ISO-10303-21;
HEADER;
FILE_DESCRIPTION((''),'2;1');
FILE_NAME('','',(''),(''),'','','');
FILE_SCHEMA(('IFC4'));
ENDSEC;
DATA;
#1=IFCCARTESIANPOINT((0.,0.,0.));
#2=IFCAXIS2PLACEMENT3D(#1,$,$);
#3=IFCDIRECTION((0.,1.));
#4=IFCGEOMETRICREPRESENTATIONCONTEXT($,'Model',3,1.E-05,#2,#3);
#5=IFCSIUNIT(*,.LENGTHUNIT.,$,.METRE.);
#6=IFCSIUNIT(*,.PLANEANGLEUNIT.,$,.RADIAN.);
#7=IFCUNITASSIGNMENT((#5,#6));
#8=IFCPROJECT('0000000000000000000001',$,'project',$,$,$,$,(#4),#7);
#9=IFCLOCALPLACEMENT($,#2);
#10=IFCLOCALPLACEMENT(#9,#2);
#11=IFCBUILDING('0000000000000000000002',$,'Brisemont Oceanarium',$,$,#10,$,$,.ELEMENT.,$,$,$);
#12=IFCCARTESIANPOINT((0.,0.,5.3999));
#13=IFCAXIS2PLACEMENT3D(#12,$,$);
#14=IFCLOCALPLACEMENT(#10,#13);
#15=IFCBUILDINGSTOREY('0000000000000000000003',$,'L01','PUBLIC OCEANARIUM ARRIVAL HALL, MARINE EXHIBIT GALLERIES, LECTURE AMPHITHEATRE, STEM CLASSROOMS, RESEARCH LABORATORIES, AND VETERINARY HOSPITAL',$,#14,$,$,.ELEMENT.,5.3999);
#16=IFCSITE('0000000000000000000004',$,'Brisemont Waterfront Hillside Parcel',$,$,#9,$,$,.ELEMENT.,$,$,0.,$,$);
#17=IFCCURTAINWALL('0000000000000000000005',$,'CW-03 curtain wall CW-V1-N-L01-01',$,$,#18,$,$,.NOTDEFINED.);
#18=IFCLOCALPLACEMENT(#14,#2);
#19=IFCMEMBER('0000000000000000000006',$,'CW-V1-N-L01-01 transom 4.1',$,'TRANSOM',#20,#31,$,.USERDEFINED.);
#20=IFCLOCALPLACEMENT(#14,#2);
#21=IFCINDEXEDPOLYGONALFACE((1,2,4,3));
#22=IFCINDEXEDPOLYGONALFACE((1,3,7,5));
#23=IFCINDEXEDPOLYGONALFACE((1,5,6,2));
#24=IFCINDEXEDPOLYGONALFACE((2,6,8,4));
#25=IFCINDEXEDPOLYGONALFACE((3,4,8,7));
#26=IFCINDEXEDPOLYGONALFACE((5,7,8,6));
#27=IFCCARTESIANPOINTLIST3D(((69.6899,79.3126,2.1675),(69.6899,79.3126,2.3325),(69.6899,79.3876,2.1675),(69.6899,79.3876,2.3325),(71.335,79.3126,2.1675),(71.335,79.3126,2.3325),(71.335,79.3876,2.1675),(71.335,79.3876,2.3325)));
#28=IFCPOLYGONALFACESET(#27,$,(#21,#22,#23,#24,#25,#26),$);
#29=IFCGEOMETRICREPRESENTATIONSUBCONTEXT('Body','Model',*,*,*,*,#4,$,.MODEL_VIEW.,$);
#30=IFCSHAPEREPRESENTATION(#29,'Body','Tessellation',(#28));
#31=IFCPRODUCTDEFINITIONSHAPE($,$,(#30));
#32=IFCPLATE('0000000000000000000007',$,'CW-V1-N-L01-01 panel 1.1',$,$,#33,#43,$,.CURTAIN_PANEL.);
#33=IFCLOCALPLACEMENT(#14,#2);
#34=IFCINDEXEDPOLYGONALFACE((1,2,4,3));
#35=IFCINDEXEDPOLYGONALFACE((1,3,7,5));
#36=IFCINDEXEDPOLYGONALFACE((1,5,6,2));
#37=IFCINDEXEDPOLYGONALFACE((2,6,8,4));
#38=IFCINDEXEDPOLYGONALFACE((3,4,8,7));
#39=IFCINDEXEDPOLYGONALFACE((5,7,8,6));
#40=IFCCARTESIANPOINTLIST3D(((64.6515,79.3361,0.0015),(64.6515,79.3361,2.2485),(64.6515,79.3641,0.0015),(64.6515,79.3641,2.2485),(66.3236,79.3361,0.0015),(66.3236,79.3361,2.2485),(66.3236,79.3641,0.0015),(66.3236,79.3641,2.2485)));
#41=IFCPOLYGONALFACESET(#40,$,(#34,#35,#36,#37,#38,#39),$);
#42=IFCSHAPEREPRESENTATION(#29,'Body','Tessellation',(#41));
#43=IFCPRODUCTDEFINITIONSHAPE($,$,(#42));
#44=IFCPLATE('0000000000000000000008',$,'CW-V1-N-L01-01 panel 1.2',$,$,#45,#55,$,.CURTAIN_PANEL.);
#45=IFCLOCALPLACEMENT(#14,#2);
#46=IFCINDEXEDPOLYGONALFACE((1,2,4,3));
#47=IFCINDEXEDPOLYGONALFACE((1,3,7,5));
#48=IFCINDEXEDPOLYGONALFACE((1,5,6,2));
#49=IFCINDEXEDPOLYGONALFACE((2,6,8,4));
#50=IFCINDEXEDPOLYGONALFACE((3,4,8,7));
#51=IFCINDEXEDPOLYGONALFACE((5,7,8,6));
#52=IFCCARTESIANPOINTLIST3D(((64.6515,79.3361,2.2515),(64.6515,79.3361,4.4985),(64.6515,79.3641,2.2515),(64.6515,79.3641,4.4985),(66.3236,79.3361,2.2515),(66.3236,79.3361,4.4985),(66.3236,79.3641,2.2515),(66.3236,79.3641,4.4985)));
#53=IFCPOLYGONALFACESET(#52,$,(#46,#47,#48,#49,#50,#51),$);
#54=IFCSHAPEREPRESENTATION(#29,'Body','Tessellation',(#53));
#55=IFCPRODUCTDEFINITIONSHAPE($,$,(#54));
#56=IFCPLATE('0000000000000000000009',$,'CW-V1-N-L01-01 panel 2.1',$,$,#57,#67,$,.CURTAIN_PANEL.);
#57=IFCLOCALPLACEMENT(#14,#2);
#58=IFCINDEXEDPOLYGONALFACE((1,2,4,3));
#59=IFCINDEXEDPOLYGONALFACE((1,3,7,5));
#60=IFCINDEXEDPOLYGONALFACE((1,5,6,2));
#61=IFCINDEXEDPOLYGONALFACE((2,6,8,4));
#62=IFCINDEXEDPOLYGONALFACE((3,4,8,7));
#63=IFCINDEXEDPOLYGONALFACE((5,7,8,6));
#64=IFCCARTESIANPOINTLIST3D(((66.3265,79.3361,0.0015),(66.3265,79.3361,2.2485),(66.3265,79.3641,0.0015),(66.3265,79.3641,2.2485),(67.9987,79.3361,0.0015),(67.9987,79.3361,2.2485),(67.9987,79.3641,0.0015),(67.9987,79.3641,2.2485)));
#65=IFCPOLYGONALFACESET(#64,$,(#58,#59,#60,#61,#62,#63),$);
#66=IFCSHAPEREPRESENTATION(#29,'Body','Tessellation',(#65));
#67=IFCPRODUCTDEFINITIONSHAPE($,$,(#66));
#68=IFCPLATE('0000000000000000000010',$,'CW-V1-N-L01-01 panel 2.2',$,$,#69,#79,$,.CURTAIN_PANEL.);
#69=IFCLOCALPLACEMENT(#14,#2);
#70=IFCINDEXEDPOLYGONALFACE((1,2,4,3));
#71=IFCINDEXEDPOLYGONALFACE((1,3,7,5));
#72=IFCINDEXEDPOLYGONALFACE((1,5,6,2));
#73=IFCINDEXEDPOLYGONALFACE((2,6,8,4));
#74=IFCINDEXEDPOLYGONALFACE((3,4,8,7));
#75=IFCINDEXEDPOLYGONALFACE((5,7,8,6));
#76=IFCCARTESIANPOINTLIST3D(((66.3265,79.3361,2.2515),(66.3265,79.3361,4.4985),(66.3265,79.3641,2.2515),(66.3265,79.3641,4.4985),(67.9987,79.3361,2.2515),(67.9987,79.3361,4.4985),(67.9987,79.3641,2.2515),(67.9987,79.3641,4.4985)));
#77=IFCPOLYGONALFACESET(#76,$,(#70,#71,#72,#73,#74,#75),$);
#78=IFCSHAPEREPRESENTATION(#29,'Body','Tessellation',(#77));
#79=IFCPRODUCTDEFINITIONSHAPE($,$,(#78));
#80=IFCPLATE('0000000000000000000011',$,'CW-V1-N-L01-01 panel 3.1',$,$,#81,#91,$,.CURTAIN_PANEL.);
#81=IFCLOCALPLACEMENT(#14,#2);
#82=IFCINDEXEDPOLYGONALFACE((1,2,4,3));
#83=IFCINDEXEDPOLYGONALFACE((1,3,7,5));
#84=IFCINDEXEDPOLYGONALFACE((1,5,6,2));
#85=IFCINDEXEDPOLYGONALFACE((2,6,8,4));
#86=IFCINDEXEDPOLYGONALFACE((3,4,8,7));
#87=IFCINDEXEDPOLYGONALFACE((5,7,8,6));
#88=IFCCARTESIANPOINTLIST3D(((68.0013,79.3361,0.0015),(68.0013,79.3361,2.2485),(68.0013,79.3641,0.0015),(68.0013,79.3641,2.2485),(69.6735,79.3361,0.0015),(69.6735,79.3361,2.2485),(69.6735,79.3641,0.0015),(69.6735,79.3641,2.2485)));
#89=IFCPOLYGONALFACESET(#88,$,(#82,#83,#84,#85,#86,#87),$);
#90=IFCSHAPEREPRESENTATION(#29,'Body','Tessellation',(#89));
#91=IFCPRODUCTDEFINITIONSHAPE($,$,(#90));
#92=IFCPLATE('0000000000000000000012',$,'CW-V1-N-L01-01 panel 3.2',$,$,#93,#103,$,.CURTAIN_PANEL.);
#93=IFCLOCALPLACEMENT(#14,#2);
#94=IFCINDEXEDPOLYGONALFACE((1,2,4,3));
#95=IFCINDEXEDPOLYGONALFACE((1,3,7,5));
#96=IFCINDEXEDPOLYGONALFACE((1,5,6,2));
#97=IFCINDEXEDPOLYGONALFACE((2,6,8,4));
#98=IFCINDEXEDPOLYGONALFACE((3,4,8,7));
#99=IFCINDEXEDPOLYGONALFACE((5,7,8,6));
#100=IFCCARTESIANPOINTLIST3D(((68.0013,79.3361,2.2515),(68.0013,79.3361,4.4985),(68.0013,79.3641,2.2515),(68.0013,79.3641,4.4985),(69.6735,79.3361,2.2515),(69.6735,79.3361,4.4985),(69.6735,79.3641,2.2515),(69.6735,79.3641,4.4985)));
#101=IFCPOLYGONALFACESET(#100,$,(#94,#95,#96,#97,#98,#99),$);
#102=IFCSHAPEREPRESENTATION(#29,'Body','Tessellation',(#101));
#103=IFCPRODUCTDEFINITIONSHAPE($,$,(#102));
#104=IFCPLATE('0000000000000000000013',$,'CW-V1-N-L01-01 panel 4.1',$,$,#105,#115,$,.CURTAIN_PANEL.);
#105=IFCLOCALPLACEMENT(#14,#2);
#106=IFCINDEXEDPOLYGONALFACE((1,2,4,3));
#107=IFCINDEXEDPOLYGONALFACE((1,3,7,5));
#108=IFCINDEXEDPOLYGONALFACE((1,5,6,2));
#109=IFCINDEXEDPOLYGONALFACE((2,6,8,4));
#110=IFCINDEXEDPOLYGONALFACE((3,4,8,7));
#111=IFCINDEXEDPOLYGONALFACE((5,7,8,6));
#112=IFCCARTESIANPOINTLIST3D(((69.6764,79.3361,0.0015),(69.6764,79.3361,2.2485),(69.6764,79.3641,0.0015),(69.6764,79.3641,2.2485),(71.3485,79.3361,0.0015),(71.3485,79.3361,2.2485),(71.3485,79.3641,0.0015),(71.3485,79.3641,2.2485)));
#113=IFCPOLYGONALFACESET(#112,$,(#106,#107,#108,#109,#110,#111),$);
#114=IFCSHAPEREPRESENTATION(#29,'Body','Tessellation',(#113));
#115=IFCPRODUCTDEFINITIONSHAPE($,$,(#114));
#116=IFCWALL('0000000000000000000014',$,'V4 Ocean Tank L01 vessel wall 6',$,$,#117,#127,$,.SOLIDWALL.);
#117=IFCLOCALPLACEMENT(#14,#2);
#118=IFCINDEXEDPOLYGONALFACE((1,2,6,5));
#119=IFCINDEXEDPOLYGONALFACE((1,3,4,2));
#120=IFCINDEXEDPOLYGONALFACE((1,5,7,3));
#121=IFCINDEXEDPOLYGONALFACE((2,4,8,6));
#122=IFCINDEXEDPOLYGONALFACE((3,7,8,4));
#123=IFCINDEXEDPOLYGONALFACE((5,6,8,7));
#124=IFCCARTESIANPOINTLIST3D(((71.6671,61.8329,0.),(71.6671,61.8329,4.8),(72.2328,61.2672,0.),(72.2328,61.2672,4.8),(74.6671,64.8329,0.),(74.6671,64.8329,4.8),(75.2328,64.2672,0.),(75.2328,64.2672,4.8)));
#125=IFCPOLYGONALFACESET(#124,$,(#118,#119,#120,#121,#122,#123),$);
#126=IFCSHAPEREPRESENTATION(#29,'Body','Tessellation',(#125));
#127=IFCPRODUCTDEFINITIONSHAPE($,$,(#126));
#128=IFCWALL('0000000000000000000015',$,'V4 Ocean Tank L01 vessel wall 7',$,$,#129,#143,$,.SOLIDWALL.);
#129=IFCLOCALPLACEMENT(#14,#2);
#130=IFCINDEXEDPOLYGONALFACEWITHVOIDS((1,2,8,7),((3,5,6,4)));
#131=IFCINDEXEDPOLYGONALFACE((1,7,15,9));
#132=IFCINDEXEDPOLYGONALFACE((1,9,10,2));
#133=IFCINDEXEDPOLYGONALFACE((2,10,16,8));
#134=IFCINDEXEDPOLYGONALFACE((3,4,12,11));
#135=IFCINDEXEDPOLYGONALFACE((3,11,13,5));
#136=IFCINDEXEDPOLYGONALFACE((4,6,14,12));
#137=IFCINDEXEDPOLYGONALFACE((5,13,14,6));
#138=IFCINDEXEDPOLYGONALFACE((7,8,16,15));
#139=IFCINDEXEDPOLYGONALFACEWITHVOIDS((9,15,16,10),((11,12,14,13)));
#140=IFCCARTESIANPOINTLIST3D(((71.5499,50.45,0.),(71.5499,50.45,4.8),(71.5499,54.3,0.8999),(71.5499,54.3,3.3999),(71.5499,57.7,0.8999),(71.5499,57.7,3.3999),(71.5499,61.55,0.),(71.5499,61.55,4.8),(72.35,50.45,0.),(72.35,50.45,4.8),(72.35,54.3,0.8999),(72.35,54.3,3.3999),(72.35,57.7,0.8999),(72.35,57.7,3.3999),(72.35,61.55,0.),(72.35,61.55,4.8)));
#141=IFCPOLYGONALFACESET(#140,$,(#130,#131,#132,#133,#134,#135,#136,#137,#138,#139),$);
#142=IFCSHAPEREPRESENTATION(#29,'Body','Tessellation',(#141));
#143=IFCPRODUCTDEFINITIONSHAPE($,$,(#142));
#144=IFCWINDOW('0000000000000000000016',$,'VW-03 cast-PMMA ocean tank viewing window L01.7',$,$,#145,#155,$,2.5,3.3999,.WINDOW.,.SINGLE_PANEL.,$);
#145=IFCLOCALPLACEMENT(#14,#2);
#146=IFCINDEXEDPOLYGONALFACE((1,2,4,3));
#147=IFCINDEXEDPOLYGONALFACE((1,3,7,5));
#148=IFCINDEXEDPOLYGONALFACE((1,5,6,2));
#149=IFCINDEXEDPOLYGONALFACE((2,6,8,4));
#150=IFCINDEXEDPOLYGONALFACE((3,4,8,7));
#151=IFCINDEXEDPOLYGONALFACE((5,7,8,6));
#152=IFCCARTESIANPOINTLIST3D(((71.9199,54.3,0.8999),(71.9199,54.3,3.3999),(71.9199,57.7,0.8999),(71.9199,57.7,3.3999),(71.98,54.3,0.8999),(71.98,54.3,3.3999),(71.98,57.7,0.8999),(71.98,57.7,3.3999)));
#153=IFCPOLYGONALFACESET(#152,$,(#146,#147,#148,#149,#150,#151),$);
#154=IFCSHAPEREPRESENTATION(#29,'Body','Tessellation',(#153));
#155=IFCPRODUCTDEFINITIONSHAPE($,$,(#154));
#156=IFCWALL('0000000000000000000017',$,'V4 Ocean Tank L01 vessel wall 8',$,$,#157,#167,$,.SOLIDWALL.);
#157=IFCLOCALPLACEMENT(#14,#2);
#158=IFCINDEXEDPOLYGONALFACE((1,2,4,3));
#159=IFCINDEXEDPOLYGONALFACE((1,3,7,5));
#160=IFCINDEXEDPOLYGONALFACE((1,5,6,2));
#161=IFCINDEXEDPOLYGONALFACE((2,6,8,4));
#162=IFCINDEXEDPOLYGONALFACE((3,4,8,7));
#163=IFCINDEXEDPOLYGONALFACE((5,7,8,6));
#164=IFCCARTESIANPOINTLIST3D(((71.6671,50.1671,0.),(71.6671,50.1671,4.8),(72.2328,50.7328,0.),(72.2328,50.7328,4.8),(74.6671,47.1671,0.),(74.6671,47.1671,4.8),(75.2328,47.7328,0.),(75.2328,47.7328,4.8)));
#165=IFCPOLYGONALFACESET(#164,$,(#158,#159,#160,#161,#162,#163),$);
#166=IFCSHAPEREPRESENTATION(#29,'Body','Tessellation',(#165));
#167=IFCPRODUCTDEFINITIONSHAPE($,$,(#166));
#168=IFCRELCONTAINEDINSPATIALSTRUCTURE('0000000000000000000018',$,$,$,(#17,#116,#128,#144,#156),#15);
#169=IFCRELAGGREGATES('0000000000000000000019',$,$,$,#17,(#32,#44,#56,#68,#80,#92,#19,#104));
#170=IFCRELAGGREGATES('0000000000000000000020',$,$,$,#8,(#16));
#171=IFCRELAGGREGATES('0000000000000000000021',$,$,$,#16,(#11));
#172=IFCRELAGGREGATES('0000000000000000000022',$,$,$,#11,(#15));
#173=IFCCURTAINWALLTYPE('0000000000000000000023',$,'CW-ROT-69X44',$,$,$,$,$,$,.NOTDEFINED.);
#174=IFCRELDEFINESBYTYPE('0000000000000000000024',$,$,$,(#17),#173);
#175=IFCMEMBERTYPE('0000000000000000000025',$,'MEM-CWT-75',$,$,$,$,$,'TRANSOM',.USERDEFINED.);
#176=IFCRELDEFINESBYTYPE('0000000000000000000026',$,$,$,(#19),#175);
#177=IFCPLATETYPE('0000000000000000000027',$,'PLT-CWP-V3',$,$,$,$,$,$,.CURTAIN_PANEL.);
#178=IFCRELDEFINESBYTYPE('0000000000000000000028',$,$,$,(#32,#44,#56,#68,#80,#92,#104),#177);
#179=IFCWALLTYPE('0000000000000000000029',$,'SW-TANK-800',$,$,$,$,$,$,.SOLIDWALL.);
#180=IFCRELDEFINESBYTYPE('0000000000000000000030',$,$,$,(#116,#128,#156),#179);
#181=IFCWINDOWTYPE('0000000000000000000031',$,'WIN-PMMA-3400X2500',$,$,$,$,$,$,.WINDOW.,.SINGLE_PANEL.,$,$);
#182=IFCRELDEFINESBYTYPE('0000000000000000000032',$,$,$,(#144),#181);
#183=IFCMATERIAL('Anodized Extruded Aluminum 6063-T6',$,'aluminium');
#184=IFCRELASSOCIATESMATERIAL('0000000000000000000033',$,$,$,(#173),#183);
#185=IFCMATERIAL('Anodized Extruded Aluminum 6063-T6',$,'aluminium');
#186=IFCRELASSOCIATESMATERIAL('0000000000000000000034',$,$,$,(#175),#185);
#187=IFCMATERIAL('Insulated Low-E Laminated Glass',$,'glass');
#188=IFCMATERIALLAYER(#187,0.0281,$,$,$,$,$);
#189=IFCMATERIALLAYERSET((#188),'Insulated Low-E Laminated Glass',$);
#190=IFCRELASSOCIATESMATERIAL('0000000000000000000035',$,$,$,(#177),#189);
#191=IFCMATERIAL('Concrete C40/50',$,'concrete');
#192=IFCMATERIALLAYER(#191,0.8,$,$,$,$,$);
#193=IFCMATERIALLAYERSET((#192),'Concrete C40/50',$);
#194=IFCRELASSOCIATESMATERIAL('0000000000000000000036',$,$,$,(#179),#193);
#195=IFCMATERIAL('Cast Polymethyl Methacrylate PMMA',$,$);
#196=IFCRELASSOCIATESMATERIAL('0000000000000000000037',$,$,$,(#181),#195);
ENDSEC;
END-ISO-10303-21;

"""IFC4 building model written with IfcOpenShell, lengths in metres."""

from ifc_helpers import new_model, si_unit, direction, frame, frame_2d, origin, origin_2d, place, context, subcontext, project, spatial, rectangle, extrude, material, layer, layer_set, material_profile, profile_set, type_object, element, fill, aggregate, save


model = new_model("IFC4")

# Units and contexts
model_context = context("Model", 3, precision=1e-05, world=origin(), true_north=direction((0.0, 1.0)))
body_context = subcontext(model_context, "Body", "Model", "MODEL_VIEW")
ifc_project = project(units=[si_unit("LENGTHUNIT", "METRE"), si_unit("PLANEANGLEUNIT", "RADIAN")], contexts=[model_context])

# Site, building, storey
site_placement = place(None, origin())
site = spatial("IfcSite", under=ifc_project, at=site_placement, Name="Brisemont Waterfront Hillside Parcel", CompositionType="ELEMENT", RefElevation=0.0)
building_placement = place(site_placement, origin())
building = spatial("IfcBuilding", under=site, at=building_placement, Name="Brisemont Oceanarium", CompositionType="ELEMENT")
storey_placement = place(building_placement, frame((0.0, 0.0, 5.3999)))
storey = spatial("IfcBuildingStorey", under=building, at=storey_placement, Name="L01", Description="PUBLIC OCEANARIUM ARRIVAL HALL, MARINE EXHIBIT GALLERIES, LECTURE AMPHITHEATRE, STEM CLASSROOMS, RESEARCH LABORATORIES, AND VETERINARY HOSPITAL", CompositionType="ELEMENT", Elevation=5.3999)

# Curtain wall, member, plates
ifc_material_1 = material(Name="Anodized Extruded Aluminum 6063-T6", Category="aluminium")
curtain_wall_type = type_object("IfcCurtainWallType", Name="CW-ROT-69X44", PredefinedType="NOTDEFINED", material=ifc_material_1)
curtain_wall_placement = place(storey_placement, origin())
curtain_wall = element("IfcCurtainWall", 1, at=curtain_wall_placement, inside=storey, type_object=curtain_wall_type, Name="CW-03 curtain wall CW-V1-N-L01-01", PredefinedType="NOTDEFINED")
ifc_material_2 = material(Name="Anodized Extruded Aluminum 6063-T6", Category="aluminium")
ifc_material_profile_1 = material_profile(ifc_material_2, rectangle(XDim=0.075, YDim=0.165, at=origin_2d()), Name="CWT-75X165")
ifc_profile_set_1 = profile_set([ifc_material_profile_1], Name="Anodized Extruded Aluminum 6063-T6")
member_type_1 = type_object("IfcMemberType", Name="MEM-CWT-75", ElementType="TRANSOM", PredefinedType="USERDEFINED", material=ifc_profile_set_1)
member_1_placement = place(storey_placement, frame((69.6899, 79.3501, 2.25), z_axis=(1.0, 0.0, 0.0), x_axis=(0.0, 1.0, 0.0)))
member_1 = element("IfcMember", 2, at=member_1_placement, type_object=member_type_1, Name="CW-V1-N-L01-01 transom 4.1", ObjectType="TRANSOM", PredefinedType="USERDEFINED", context=body_context, shape_type="SweptSolid", body=[
    extrude(rectangle(XDim=0.075, YDim=0.165, at=origin_2d()), origin(), (0.0, 0.0, 1.0), 1.645),
])
ifc_material_3 = material(Name="Insulated Low-E Laminated Glass", Category="glass")
ifc_layer_1 = layer(ifc_material_3, 0.0281)
ifc_layer_set_1 = layer_set([ifc_layer_1], Name="Insulated Low-E Laminated Glass")
plate_type = type_object("IfcPlateType", Name="PLT-CWP-V3", PredefinedType="CURTAIN_PANEL", material=ifc_layer_set_1)
plate_1_placement = place(storey_placement, frame((65.4875, 79.3501, 0.0015), z_axis=(0.0, 0.0, 1.0), x_axis=(1.0, 0.0, 0.0)))
plate_1 = element("IfcPlate", 3, at=plate_1_placement, type_object=plate_type, Name="CW-V1-N-L01-01 panel 1.1", PredefinedType="CURTAIN_PANEL", context=body_context, shape_type="SweptSolid", body=[
    extrude(rectangle(XDim=1.6721, YDim=0.0281, at=origin_2d()), origin(), (0.0, 0.0, 1.0), 2.2471),
])
plate_2_placement = place(storey_placement, frame((65.4875, 79.3501, 2.2515), z_axis=(0.0, 0.0, 1.0), x_axis=(1.0, 0.0, 0.0)))
plate_2 = element("IfcPlate", 4, at=plate_2_placement, type_object=plate_type, Name="CW-V1-N-L01-01 panel 1.2", PredefinedType="CURTAIN_PANEL", context=body_context, shape_type="SweptSolid", body=[
    extrude(rectangle(XDim=1.6721, YDim=0.0281, at=origin_2d()), origin(), (0.0, 0.0, 1.0), 2.2471),
])
plate_3_placement = place(storey_placement, frame((67.1626, 79.3501, 0.0015), z_axis=(0.0, 0.0, 1.0), x_axis=(1.0, 0.0, 0.0)))
plate_3 = element("IfcPlate", 5, at=plate_3_placement, type_object=plate_type, Name="CW-V1-N-L01-01 panel 2.1", PredefinedType="CURTAIN_PANEL", context=body_context, shape_type="SweptSolid", body=[
    extrude(rectangle(XDim=1.6721, YDim=0.0281, at=origin_2d()), origin(), (0.0, 0.0, 1.0), 2.2471),
])
plate_4_placement = place(storey_placement, frame((67.1626, 79.3501, 2.2515), z_axis=(0.0, 0.0, 1.0), x_axis=(1.0, 0.0, 0.0)))
plate_4 = element("IfcPlate", 6, at=plate_4_placement, type_object=plate_type, Name="CW-V1-N-L01-01 panel 2.2", PredefinedType="CURTAIN_PANEL", context=body_context, shape_type="SweptSolid", body=[
    extrude(rectangle(XDim=1.6721, YDim=0.0281, at=origin_2d()), origin(), (0.0, 0.0, 1.0), 2.2471),
])
plate_5_placement = place(storey_placement, frame((68.8374, 79.3501, 0.0015), z_axis=(0.0, 0.0, 1.0), x_axis=(1.0, 0.0, 0.0)))
plate_5 = element("IfcPlate", 7, at=plate_5_placement, type_object=plate_type, Name="CW-V1-N-L01-01 panel 3.1", PredefinedType="CURTAIN_PANEL", context=body_context, shape_type="SweptSolid", body=[
    extrude(rectangle(XDim=1.6721, YDim=0.0281, at=origin_2d()), origin(), (0.0, 0.0, 1.0), 2.2471),
])
plate_6_placement = place(storey_placement, frame((68.8374, 79.3501, 2.2515), z_axis=(0.0, 0.0, 1.0), x_axis=(1.0, 0.0, 0.0)))
plate_6 = element("IfcPlate", 8, at=plate_6_placement, type_object=plate_type, Name="CW-V1-N-L01-01 panel 3.2", PredefinedType="CURTAIN_PANEL", context=body_context, shape_type="SweptSolid", body=[
    extrude(rectangle(XDim=1.6721, YDim=0.0281, at=origin_2d()), origin(), (0.0, 0.0, 1.0), 2.2471),
])
plate_7_placement = place(storey_placement, frame((70.5125, 79.3501, 0.0015), z_axis=(0.0, 0.0, 1.0), x_axis=(1.0, 0.0, 0.0)))
plate_7 = element("IfcPlate", 9, at=plate_7_placement, type_object=plate_type, Name="CW-V1-N-L01-01 panel 4.1", PredefinedType="CURTAIN_PANEL", context=body_context, shape_type="SweptSolid", body=[
    extrude(rectangle(XDim=1.6721, YDim=0.0281, at=origin_2d()), origin(), (0.0, 0.0, 1.0), 2.2471),
])
aggregate(curtain_wall, [plate_1, plate_2, plate_3, plate_4, plate_5, plate_6, member_1, plate_7])

# Wall
ifc_material_4 = material(Name="Concrete C40/50", Category="concrete")
ifc_layer_2 = layer(ifc_material_4, 0.8)
ifc_layer_set_2 = layer_set([ifc_layer_2], Name="Concrete C40/50")
wall_type = type_object("IfcWallType", Name="SW-TANK-800", PredefinedType="SOLIDWALL", material=ifc_layer_set_2)
wall_1_placement = place(storey_placement, frame((74.95, 64.55, 0.0), z_axis=(0.0, 0.0, 1.0), x_axis=(-0.707107, -0.707107, 0.0)))
element("IfcWall", 10, at=wall_1_placement, inside=storey, type_object=wall_type, Name="V4 Ocean Tank L01 vessel wall 6", PredefinedType="SOLIDWALL", context=body_context, shape_type="SweptSolid", body=[
    extrude(rectangle(XDim=4.2427, YDim=0.8, at=frame_2d((2.1213, 0.0))), origin(), (0.0, 0.0, 1.0), 4.8),
])

# Wall, opening, window
wall_2_placement = place(storey_placement, frame((71.95, 61.55, 0.0), z_axis=(0.0, 0.0, 1.0), x_axis=(0.0, -1.0, 0.0)))
wall_2 = element("IfcWall", 11, at=wall_2_placement, inside=storey, type_object=wall_type, Name="V4 Ocean Tank L01 vessel wall 7", PredefinedType="SOLIDWALL", context=body_context, shape_type="SweptSolid", body=[
    extrude(rectangle(XDim=11.1001, YDim=0.8, at=frame_2d((5.55, 0.0))), origin(), (0.0, 0.0, 1.0), 4.8),
])
opening_placement = place(wall_2_placement, frame((3.8501, 0.0, 0.8999)))
opening = element("IfcOpeningElement", 12, at=opening_placement, cuts=wall_2, PredefinedType="OPENING", context=body_context, shape_type="SweptSolid", body=[
    extrude(rectangle(XDim=3.3999, YDim=2.5, at=frame_2d((1.7, 1.25))), frame((0.0, 0.4099, 0.0), z_axis=(0.0, -1.0, 0.0), x_axis=(1.0, 0.0, 0.0)), (0.0, 0.0, 1.0), 0.8201),
])
ifc_material_5 = material(Name="Cast Polymethyl Methacrylate PMMA")
window_type = type_object("IfcWindowType", Name="WIN-PMMA-3400X2500", PartitioningType="SINGLE_PANEL", PredefinedType="WINDOW", material=ifc_material_5)
window_placement = place(opening_placement, origin())
window = element("IfcWindow", 13, at=window_placement, inside=storey, type_object=window_type, Name="VW-03 cast-PMMA ocean tank viewing window L01.7", OverallHeight=2.5, OverallWidth=3.3999, PartitioningType="SINGLE_PANEL", PredefinedType="WINDOW", context=body_context, shape_type="SweptSolid", body=[
    extrude(rectangle(XDim=3.3999, YDim=2.5, at=frame_2d((1.7, 1.25))), frame((0.0, 0.03, 0.0), z_axis=(0.0, -1.0, 0.0), x_axis=(1.0, 0.0, 0.0)), (0.0, 0.0, 1.0), 0.0601),
])
fill(opening, window)

# Wall
wall_3_placement = place(storey_placement, frame((71.95, 50.45, 0.0), z_axis=(0.0, 0.0, 1.0), x_axis=(0.707107, -0.707107, 0.0)))
element("IfcWall", 14, at=wall_3_placement, inside=storey, type_object=wall_type, Name="V4 Ocean Tank L01 vessel wall 8", PredefinedType="SOLIDWALL", context=body_context, shape_type="SweptSolid", body=[
    extrude(rectangle(XDim=4.2427, YDim=0.8, at=frame_2d((2.1213, 0.0))), origin(), (0.0, 0.0, 1.0), 4.8),
])

save(model, "model.ifc")
